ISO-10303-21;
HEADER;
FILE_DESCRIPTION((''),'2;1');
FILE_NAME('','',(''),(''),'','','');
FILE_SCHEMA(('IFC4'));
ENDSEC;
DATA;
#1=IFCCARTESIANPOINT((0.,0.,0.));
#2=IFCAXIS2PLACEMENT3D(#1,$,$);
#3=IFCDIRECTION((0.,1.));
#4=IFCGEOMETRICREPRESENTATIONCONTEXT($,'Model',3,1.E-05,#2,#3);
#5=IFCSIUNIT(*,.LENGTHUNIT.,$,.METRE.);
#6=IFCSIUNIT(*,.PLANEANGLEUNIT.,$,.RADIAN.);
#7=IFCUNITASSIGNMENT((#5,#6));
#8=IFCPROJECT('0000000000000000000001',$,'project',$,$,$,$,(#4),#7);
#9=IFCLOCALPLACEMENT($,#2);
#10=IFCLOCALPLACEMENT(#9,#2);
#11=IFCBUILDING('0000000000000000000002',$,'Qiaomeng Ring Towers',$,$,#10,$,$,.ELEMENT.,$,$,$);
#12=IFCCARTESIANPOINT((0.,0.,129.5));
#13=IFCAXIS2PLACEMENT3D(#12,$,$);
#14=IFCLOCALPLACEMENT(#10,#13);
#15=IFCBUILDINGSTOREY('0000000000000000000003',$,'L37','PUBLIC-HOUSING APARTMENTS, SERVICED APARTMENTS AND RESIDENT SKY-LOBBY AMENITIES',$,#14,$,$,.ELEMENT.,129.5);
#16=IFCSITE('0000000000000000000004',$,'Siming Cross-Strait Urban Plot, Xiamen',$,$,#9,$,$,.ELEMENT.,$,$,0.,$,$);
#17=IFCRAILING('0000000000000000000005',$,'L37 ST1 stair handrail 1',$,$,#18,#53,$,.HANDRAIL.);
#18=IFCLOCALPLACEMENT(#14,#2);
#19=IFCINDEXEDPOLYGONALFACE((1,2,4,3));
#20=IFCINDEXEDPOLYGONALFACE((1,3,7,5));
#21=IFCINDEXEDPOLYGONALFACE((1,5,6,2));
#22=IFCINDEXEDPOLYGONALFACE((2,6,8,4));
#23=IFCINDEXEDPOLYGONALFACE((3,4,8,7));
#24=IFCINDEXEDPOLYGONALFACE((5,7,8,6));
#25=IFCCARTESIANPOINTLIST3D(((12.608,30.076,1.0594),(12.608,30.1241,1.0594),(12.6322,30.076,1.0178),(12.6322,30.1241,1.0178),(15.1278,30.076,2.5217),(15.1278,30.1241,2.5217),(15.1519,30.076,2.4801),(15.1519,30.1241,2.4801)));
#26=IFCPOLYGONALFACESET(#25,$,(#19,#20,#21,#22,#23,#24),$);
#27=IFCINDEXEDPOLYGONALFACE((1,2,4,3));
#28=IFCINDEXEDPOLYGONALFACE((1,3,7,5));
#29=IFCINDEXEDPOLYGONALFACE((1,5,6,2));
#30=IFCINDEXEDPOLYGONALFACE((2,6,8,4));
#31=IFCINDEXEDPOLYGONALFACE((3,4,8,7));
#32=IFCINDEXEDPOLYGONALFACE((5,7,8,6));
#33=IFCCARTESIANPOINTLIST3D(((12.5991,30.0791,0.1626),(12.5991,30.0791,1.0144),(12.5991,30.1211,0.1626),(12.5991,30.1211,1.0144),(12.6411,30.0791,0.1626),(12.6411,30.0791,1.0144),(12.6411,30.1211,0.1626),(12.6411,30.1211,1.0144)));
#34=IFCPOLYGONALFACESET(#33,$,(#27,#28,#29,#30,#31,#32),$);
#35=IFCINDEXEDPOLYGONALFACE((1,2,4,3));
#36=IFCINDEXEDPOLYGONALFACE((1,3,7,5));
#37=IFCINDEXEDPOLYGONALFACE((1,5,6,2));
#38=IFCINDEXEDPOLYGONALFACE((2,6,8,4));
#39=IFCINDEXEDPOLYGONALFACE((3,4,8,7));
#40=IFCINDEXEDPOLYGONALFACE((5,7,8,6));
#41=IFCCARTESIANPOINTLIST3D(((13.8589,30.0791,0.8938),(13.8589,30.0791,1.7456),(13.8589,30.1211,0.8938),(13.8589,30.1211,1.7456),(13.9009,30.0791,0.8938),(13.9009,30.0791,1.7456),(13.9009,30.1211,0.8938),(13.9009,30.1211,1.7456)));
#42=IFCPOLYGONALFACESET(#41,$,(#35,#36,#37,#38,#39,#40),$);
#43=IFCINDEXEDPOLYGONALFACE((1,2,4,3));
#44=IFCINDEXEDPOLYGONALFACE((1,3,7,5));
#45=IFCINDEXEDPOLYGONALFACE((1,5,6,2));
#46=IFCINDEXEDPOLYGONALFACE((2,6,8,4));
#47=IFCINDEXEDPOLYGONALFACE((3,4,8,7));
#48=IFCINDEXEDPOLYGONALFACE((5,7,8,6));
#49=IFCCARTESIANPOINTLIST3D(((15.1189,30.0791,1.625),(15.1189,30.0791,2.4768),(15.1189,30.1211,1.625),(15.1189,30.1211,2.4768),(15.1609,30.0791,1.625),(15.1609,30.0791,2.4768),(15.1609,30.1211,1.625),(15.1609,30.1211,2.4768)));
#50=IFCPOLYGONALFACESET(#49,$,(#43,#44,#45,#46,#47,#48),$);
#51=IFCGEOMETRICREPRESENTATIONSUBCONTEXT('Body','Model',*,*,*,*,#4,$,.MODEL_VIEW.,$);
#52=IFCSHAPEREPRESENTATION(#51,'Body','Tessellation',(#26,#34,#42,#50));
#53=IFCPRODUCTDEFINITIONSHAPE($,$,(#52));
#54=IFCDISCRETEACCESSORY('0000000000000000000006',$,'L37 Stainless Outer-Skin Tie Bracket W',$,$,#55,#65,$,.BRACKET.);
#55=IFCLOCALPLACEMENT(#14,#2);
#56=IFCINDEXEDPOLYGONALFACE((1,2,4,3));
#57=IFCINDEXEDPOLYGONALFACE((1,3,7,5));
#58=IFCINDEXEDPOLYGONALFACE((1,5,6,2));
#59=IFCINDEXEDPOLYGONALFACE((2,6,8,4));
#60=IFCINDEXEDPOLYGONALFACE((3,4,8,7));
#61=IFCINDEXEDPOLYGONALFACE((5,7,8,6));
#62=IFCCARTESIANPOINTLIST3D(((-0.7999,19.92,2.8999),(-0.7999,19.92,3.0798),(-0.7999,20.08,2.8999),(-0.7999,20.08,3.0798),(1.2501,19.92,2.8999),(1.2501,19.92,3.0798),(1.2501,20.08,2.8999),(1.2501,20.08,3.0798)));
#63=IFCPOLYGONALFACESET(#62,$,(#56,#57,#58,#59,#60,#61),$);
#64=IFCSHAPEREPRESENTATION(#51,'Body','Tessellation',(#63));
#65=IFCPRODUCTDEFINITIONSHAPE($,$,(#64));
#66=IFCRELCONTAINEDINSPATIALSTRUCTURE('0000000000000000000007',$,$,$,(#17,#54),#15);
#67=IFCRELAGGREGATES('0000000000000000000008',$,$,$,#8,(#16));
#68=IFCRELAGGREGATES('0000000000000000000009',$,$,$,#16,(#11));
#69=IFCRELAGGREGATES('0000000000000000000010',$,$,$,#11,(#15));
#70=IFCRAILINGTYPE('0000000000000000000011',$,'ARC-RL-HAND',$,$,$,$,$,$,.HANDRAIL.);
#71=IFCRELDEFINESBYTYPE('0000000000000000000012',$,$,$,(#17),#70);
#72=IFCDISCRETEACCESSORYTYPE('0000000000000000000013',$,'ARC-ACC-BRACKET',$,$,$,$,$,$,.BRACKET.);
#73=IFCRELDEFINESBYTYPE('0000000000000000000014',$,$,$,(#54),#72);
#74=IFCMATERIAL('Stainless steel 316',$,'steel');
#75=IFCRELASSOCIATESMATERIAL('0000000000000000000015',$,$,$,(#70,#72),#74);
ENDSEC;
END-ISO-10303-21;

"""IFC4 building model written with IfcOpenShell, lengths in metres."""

from ifc_helpers import new_model, si_unit, direction, frame, origin, origin_2d, place, context, subcontext, project, spatial, rectangle, extrude, source, transform, mapped, material, type_object, element, save


model = new_model("IFC4")

# Units and contexts
model_context = context("Model", 3, precision=1e-05, world=origin(), true_north=direction((0.0, 1.0)))
body_context = subcontext(model_context, "Body", "Model", "MODEL_VIEW")
ifc_project = project(units=[si_unit("LENGTHUNIT", "METRE"), si_unit("PLANEANGLEUNIT", "RADIAN")], contexts=[model_context])

# Site, building, storey
site_placement = place(None, origin())
site = spatial("IfcSite", under=ifc_project, at=site_placement, Name="Siming Cross-Strait Urban Plot, Xiamen", CompositionType="ELEMENT", RefElevation=0.0)
building_placement = place(site_placement, origin())
building = spatial("IfcBuilding", under=site, at=building_placement, Name="Qiaomeng Ring Towers", CompositionType="ELEMENT")
storey_placement = place(building_placement, frame((0.0, 0.0, 129.5)))
storey = spatial("IfcBuildingStorey", under=building, at=storey_placement, Name="L37", Description="PUBLIC-HOUSING APARTMENTS, SERVICED APARTMENTS AND RESIDENT SKY-LOBBY AMENITIES", CompositionType="ELEMENT", Elevation=129.5)

# Shared definitions
ifc_material_1 = material(Name="Stainless steel 316", Category="steel")

# Railing
railing_type_1 = type_object("IfcRailingType", Name="ARC-RL-HAND", PredefinedType="HANDRAIL", material=ifc_material_1)
railing_1_placement = place(storey_placement, frame((12.6201, 30.1001, 0.1626)))
element("IfcRailing", 1, at=railing_1_placement, inside=storey, type_object=railing_type_1, Name="L37 ST1 stair handrail 1", PredefinedType="HANDRAIL", context=body_context, shape_type="SweptSolid", body=[
    extrude(rectangle(XDim=0.0481, YDim=0.0481, at=origin_2d()), frame((0.0, 0.0, 0.876), z_axis=(0.864892, 0.0, 0.501958), x_axis=(0.0, 1.0, 0.0)), (0.0, 0.0, 1.0), 2.9133),
    extrude(rectangle(XDim=0.042, YDim=0.042, at=origin_2d()), origin(), (0.0, 0.0, 1.0), 0.8518),
    extrude(rectangle(XDim=0.042, YDim=0.042, at=origin_2d()), frame((1.2598, 0.0, 0.7312)), (0.0, 0.0, 1.0), 0.8518),
    extrude(rectangle(XDim=0.042, YDim=0.042, at=origin_2d()), frame((2.5198, 0.0, 1.4624)), (0.0, 0.0, 1.0), 0.8518),
])

# Discrete accessory
discrete_accessory_type = type_object("IfcDiscreteAccessoryType", Name="ARC-ACC-BRACKET", PredefinedType="BRACKET", material=ifc_material_1)
shared_shape_1 = source(origin(), body_context, "Body", "SweptSolid", [
    extrude(rectangle(XDim=2.05, YDim=0.1599, at=origin_2d()), origin(), (0.0, 0.0, 1.0), 0.1799),
])
discrete_accessory_placement = place(storey_placement, frame((0.2251, 20.0, 2.8999), z_axis=(0.0, 0.0, 1.0), x_axis=(1.0, 0.0, 0.0)))
element("IfcDiscreteAccessory", 2, at=discrete_accessory_placement, inside=storey, type_object=discrete_accessory_type, Name="L37 Stainless Outer-Skin Tie Bracket W", PredefinedType="BRACKET", context=body_context, shape_type="MappedRepresentation", body=[
    mapped(shared_shape_1, transform((0.0, 0.0, 0.0), x_axis=(1.0, 0.0, 0.0), y_axis=(0.0, 1.0, 0.0), z_axis=(0.0, 0.0, 1.0), scale=1.0)),
])

save(model, "model.ifc")
